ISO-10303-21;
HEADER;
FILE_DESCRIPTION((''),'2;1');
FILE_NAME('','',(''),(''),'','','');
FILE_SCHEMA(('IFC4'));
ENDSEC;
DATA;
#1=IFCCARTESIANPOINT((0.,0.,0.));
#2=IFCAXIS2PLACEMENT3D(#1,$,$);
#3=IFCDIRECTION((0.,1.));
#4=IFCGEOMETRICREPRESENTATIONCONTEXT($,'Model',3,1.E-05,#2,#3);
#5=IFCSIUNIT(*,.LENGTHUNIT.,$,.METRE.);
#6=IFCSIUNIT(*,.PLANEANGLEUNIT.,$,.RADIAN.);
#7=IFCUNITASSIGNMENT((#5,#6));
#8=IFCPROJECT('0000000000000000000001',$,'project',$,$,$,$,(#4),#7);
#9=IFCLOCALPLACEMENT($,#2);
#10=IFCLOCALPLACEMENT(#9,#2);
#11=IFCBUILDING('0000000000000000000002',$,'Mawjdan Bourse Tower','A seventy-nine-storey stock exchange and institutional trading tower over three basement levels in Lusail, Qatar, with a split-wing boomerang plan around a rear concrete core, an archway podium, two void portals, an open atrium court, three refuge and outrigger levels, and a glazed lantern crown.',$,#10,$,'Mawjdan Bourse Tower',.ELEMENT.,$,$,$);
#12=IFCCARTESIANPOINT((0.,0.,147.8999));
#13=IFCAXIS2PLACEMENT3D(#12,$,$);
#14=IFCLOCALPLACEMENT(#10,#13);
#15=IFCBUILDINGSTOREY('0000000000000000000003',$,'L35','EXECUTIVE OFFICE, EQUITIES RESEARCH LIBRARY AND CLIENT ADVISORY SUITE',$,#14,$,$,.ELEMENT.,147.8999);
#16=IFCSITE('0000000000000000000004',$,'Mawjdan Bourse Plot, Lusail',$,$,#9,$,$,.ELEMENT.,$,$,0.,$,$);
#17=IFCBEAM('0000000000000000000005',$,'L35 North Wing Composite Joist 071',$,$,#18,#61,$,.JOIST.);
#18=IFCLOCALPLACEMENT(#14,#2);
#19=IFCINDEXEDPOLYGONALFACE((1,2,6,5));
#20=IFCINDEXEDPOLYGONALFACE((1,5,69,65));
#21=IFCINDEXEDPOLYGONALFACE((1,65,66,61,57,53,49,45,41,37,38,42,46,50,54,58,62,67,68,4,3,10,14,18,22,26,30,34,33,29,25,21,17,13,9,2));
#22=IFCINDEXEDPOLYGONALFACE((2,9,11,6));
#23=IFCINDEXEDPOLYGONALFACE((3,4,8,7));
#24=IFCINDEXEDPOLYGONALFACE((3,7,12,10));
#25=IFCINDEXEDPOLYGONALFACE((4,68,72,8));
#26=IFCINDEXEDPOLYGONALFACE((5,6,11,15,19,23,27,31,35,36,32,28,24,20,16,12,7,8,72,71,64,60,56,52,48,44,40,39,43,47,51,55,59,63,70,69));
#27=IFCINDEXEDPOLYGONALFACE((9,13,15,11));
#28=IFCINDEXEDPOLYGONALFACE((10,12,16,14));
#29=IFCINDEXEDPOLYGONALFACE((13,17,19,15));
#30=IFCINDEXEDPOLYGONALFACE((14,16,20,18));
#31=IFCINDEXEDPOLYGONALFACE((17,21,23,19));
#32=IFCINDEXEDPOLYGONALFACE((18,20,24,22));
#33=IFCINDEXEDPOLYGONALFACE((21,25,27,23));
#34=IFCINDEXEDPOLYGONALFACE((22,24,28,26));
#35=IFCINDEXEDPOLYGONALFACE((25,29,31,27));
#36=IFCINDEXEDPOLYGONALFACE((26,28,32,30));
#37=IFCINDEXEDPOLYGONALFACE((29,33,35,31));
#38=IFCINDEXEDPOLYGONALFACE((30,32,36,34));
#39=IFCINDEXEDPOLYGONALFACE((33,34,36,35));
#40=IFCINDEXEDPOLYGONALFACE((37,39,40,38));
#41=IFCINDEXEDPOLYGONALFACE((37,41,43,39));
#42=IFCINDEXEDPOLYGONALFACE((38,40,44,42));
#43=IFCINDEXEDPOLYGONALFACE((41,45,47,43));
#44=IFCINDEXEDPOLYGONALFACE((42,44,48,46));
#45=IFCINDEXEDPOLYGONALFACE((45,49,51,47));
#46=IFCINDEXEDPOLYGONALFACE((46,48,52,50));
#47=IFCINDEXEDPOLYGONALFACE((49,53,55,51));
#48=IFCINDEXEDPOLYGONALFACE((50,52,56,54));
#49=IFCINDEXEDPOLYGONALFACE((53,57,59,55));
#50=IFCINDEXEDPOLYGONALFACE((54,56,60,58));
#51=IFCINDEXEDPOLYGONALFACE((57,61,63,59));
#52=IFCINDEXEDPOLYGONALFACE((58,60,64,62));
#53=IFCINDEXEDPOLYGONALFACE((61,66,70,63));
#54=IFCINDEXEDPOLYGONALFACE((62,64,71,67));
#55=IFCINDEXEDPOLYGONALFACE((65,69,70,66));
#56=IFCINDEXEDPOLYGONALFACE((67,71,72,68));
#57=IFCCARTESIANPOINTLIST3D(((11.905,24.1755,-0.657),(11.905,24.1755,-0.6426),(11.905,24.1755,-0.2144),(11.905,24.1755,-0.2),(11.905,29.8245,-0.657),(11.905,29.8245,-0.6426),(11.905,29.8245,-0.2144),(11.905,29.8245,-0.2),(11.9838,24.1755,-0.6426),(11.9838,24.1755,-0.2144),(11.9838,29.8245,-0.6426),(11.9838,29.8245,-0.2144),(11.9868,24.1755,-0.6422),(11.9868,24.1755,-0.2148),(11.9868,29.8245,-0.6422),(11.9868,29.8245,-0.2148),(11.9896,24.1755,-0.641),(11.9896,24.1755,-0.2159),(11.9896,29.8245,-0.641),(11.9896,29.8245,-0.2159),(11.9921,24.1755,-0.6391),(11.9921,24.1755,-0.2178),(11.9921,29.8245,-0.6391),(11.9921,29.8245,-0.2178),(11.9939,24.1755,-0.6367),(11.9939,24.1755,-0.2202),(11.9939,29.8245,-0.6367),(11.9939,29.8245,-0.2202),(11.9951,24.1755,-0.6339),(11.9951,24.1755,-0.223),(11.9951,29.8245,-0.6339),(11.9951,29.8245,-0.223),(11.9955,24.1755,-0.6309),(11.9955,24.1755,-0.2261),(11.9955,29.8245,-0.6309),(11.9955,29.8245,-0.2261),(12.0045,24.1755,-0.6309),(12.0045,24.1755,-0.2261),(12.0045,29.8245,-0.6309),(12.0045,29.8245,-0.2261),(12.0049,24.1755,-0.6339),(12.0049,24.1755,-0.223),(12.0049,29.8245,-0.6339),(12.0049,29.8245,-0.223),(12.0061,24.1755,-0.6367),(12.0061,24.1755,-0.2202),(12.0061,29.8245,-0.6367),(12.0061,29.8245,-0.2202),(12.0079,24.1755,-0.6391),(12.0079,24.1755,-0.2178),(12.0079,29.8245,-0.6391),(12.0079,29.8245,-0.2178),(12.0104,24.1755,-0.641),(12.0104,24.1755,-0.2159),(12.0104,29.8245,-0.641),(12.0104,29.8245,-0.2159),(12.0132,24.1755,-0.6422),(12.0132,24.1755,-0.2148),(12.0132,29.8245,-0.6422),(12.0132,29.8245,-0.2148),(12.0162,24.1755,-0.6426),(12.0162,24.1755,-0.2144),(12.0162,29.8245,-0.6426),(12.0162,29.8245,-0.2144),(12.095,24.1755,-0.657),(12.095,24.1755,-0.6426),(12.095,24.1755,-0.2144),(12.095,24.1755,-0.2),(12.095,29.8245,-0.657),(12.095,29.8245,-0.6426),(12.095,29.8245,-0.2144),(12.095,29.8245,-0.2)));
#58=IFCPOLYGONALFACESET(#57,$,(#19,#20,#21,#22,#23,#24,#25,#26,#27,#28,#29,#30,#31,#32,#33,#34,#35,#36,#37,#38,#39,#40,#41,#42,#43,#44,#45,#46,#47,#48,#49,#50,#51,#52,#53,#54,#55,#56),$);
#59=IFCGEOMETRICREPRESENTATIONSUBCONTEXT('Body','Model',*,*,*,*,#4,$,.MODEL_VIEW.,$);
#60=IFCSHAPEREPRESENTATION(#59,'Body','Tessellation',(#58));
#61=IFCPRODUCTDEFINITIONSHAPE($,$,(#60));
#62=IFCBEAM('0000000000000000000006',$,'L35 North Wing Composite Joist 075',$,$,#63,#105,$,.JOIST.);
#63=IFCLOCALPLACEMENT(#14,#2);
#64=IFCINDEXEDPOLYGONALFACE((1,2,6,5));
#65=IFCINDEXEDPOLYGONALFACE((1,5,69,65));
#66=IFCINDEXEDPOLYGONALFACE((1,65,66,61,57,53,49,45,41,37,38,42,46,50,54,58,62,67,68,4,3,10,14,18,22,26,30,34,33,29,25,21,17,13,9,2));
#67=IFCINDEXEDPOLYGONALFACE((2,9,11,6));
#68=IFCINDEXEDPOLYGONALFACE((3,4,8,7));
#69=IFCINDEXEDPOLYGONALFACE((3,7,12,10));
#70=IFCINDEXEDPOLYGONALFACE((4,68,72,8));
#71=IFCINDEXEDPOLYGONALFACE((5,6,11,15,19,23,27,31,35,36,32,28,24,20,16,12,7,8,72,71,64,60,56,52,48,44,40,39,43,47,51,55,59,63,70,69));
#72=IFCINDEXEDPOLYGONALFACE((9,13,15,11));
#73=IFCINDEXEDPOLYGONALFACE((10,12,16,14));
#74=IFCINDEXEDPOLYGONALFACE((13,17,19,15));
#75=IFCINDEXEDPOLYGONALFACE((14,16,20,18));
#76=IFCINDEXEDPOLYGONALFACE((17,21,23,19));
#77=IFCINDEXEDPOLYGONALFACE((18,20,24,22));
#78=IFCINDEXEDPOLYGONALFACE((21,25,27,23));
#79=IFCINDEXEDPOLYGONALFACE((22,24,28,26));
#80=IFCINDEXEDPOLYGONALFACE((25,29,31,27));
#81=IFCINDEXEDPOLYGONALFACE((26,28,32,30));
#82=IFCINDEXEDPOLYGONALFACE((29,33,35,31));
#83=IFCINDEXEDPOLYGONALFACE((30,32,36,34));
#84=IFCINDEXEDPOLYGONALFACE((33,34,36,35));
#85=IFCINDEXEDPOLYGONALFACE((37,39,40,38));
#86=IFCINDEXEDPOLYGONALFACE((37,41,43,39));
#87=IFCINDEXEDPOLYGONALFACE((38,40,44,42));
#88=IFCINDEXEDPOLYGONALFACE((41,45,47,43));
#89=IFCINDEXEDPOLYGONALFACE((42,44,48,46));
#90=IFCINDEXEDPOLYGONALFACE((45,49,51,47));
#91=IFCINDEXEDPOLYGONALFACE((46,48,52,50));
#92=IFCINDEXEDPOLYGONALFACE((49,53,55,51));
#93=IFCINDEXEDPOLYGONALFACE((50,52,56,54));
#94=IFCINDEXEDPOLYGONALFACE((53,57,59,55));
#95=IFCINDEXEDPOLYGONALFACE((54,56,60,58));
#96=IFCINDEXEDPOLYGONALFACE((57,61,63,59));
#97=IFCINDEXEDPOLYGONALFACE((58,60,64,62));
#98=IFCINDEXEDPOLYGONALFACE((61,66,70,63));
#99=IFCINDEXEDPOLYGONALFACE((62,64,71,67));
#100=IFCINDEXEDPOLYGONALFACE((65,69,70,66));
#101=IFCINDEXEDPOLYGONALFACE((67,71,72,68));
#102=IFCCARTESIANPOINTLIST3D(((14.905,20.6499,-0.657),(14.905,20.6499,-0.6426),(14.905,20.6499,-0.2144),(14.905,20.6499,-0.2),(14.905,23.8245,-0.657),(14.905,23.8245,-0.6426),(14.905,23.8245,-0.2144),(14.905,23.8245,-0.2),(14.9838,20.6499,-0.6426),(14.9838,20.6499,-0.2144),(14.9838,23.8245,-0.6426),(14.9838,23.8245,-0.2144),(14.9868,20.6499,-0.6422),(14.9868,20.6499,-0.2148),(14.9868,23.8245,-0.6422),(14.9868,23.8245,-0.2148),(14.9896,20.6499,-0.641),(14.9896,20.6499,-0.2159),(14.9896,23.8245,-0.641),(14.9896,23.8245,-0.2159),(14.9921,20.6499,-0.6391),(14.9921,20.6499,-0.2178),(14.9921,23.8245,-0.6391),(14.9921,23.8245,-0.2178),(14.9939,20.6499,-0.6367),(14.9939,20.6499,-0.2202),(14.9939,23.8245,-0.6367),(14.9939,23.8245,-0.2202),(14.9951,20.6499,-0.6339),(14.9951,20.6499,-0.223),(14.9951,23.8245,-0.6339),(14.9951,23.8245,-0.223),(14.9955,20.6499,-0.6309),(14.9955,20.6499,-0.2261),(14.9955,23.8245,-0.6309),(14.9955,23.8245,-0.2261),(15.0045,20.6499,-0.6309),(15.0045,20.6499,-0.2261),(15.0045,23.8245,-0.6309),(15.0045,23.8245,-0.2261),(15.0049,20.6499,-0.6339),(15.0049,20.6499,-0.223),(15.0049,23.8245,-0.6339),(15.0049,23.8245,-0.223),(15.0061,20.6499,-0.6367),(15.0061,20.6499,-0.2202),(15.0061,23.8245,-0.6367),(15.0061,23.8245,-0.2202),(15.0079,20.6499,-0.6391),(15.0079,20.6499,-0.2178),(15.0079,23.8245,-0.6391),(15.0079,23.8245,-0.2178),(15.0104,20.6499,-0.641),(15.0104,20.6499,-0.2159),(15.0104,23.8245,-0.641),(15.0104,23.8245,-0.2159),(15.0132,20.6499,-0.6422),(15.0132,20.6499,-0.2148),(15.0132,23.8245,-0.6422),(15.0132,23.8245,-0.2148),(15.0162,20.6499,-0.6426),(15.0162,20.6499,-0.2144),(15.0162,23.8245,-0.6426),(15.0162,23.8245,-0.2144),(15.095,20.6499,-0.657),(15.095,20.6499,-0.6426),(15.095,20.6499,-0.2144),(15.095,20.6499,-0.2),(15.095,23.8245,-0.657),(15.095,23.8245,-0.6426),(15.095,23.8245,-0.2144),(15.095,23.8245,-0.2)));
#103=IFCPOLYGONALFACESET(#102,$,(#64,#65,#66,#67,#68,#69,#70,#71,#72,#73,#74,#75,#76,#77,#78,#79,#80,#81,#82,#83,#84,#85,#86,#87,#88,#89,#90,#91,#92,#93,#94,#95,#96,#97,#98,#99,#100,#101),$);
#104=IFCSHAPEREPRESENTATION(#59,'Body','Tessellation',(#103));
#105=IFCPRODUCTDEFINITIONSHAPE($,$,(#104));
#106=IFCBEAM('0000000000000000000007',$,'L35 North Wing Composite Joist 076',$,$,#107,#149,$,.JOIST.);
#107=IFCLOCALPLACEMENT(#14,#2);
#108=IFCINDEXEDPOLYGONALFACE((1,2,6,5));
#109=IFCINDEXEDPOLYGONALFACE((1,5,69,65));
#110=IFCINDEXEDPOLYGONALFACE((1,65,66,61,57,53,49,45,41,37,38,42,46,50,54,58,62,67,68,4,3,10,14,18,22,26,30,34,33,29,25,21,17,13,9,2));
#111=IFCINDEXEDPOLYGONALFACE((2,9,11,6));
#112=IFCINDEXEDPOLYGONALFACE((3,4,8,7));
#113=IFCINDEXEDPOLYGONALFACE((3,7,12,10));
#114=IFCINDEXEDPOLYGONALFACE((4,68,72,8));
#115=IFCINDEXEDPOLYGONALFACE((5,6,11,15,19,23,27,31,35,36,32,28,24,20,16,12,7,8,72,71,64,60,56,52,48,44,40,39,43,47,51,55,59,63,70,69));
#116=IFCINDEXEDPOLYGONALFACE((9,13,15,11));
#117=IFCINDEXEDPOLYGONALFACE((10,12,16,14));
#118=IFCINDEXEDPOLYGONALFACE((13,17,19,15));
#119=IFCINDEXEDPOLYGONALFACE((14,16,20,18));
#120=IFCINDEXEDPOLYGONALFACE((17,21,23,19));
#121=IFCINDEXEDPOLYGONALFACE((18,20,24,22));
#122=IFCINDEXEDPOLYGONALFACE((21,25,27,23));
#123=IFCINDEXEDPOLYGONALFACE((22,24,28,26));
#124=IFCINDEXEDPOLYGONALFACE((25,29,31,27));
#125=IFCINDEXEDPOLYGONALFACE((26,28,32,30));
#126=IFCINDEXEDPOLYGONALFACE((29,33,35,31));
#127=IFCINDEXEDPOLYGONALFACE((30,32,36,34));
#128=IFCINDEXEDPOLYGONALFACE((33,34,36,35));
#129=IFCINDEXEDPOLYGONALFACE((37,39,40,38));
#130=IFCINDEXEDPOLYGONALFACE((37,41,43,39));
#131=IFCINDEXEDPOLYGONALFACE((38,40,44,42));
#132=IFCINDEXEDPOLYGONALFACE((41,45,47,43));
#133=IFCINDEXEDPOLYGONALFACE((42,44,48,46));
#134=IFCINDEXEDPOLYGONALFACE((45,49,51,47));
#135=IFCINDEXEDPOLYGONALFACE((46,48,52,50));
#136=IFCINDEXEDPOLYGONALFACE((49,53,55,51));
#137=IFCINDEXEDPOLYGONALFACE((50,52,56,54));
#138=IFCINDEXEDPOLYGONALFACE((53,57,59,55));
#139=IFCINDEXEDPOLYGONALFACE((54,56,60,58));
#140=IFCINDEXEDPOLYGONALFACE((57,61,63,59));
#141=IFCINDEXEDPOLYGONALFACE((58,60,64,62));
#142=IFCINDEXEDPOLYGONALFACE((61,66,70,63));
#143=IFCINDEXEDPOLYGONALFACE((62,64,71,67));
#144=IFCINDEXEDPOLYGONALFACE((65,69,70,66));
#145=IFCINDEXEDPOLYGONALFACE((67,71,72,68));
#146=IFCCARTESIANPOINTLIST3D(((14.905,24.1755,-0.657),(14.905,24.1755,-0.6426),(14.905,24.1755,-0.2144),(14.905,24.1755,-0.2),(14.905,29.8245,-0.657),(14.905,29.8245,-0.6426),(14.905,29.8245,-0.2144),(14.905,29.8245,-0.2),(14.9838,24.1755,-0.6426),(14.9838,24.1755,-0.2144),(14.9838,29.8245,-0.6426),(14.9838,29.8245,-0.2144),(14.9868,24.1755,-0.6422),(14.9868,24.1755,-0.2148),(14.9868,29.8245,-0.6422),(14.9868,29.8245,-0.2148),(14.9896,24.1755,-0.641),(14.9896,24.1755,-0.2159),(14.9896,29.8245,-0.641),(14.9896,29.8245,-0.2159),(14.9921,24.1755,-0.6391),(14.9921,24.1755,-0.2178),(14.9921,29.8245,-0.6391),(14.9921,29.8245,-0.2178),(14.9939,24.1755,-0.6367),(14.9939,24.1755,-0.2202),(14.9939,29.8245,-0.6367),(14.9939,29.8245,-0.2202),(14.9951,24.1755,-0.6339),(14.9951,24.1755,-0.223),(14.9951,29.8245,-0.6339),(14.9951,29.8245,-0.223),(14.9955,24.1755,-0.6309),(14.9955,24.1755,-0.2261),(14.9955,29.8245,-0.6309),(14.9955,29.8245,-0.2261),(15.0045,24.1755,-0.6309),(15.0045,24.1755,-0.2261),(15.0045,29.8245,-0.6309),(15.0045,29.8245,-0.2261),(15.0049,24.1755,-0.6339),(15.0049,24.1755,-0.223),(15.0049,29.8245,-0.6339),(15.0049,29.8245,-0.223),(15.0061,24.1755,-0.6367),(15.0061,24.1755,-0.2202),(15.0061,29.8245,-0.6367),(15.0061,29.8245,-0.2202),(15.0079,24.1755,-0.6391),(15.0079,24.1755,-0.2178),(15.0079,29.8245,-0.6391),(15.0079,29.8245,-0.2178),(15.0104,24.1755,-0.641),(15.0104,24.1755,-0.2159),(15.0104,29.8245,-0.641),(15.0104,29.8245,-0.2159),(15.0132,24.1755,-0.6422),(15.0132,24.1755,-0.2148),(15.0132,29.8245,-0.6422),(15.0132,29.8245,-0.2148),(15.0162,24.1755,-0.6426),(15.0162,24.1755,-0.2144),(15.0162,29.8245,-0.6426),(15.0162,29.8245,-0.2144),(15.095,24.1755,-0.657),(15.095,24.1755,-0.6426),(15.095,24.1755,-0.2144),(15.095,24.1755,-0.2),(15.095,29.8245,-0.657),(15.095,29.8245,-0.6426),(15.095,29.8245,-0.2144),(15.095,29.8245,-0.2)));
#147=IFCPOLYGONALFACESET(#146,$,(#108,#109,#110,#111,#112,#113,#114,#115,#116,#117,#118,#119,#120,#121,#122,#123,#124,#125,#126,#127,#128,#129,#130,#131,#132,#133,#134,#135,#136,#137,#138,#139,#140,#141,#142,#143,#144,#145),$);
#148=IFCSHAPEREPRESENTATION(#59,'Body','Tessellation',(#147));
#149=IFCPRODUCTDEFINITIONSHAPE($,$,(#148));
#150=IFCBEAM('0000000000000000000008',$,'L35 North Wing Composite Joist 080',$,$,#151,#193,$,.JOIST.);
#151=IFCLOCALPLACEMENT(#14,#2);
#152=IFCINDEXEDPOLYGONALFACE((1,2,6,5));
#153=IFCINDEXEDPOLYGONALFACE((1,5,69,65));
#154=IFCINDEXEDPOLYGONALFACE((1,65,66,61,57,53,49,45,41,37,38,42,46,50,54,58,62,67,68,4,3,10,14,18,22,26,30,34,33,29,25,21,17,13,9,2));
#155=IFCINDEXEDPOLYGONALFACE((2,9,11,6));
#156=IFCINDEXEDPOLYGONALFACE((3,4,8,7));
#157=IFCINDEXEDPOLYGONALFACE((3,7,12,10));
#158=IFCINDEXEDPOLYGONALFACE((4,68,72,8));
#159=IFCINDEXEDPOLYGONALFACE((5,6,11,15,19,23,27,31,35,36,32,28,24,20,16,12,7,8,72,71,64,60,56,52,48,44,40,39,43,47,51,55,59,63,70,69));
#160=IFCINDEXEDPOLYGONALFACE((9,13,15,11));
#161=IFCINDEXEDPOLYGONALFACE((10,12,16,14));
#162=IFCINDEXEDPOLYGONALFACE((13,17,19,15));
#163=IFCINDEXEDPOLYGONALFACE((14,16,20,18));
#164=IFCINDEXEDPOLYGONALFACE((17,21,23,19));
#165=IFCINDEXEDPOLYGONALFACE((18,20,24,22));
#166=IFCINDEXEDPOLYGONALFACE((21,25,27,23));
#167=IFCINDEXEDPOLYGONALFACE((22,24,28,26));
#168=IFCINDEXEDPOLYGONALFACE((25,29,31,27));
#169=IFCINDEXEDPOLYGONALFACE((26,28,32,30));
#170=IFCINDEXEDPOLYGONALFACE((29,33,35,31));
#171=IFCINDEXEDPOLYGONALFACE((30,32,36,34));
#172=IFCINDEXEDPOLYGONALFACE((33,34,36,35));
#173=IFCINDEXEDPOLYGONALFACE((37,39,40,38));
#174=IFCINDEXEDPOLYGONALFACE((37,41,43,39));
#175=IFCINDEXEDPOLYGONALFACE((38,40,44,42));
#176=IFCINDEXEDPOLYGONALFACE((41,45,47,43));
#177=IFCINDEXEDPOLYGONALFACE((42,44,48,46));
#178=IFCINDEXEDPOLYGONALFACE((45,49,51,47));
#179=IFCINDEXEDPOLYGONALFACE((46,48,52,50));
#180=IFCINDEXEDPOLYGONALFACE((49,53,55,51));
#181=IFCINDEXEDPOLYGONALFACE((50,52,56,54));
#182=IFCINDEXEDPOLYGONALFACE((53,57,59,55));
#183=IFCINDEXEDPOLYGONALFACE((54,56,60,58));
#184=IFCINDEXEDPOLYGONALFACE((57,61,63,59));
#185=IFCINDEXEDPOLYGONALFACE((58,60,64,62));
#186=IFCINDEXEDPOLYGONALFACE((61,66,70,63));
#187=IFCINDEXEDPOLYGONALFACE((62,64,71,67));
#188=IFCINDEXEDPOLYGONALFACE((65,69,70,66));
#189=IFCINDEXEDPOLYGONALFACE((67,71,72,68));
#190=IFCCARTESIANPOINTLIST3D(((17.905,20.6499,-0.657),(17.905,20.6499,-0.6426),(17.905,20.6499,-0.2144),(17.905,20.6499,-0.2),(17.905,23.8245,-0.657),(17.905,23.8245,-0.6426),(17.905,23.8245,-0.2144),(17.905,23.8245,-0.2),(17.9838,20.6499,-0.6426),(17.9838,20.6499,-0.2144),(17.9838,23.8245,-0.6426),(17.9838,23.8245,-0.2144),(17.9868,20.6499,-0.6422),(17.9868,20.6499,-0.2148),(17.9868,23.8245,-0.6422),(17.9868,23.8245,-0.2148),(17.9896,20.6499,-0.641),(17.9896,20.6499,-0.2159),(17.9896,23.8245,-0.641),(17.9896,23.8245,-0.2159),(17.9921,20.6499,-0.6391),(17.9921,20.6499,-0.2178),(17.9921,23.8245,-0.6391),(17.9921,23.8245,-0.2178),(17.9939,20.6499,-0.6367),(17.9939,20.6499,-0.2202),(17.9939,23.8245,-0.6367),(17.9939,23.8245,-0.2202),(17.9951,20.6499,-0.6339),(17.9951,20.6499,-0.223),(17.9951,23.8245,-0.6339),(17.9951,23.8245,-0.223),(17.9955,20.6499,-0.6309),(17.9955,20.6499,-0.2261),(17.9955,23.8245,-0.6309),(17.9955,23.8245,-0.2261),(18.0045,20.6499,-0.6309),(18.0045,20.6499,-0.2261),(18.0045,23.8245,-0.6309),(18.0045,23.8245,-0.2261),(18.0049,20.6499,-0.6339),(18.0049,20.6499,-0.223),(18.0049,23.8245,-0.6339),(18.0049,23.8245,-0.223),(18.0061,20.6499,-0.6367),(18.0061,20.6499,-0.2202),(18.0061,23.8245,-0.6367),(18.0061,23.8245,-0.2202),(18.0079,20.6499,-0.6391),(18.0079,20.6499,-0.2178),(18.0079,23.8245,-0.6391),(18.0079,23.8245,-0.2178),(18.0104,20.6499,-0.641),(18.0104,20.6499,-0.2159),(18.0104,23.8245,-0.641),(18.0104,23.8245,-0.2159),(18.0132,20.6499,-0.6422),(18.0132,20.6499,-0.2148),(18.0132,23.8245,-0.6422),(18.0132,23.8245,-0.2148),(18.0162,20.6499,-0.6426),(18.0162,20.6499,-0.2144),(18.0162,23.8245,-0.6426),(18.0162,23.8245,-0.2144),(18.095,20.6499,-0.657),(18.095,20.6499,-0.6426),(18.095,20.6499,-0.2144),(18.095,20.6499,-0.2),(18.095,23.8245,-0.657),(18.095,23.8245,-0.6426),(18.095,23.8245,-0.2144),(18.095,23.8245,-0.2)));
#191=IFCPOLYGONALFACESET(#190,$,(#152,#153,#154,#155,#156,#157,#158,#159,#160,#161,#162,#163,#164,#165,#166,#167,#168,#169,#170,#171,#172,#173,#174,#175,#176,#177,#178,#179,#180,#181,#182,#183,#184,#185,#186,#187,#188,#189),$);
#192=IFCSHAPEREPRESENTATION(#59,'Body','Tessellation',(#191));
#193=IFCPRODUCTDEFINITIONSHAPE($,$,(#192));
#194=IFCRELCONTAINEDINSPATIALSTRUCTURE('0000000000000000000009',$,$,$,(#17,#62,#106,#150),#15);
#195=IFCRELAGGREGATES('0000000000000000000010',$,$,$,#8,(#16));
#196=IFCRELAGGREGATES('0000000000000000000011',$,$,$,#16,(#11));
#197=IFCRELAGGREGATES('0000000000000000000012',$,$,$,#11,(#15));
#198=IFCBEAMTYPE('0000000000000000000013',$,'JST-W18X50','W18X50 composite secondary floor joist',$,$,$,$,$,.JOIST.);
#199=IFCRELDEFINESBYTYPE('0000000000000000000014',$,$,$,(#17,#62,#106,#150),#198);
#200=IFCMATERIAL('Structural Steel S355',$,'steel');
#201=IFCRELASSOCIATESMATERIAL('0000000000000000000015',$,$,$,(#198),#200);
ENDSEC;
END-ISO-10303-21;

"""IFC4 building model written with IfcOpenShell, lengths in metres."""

from ifc_helpers import new_model, si_unit, direction, frame, origin, origin_2d, place, context, subcontext, project, spatial, i_section, extrude, material, material_profile, profile_set, type_object, element, save


model = new_model("IFC4")

# Units and contexts
model_context = context("Model", 3, precision=1e-05, world=origin(), true_north=direction((0.0, 1.0)))
body_context = subcontext(model_context, "Body", "Model", "MODEL_VIEW")
ifc_project = project(units=[si_unit("LENGTHUNIT", "METRE"), si_unit("PLANEANGLEUNIT", "RADIAN")], contexts=[model_context])

# Site, building, storey
site_placement = place(None, origin())
site = spatial("IfcSite", under=ifc_project, at=site_placement, Name="Mawjdan Bourse Plot, Lusail", CompositionType="ELEMENT", RefElevation=0.0)
building_placement = place(site_placement, origin())
building = spatial("IfcBuilding", under=site, at=building_placement, Name="Mawjdan Bourse Tower", Description="A seventy-nine-storey stock exchange and institutional trading tower over three basement levels in Lusail, Qatar, with a split-wing boomerang plan around a rear concrete core, an archway podium, two void portals, an open atrium court, three refuge and outrigger levels, and a glazed lantern crown.", LongName="Mawjdan Bourse Tower", CompositionType="ELEMENT")
storey_placement = place(building_placement, frame((0.0, 0.0, 147.8999)))
storey = spatial("IfcBuildingStorey", under=building, at=storey_placement, Name="L35", Description="EXECUTIVE OFFICE, EQUITIES RESEARCH LIBRARY AND CLIENT ADVISORY SUITE", CompositionType="ELEMENT", Elevation=147.8999)

# Beams
ifc_material_1 = material(Name="Structural Steel S355", Category="steel")
ifc_material_profile_1 = material_profile(ifc_material_1, i_section(OverallWidth=0.1899, OverallDepth=0.457, WebThickness=0.009, FlangeThickness=0.0144, FilletRadius=0.0117, at=origin_2d()), Name="W18X50")
ifc_profile_set_1 = profile_set([ifc_material_profile_1], Name="Structural Steel S355")
beam_type_1 = type_object("IfcBeamType", Name="JST-W18X50", Description="W18X50 composite secondary floor joist", PredefinedType="JOIST", material=ifc_profile_set_1)
beam_1_placement = place(storey_placement, frame((12.0, 24.1755, -0.4285), z_axis=(0.0, 1.0, 0.0), x_axis=(-1.0, 0.0, 0.0)))
element("IfcBeam", 1, at=beam_1_placement, inside=storey, type_object=beam_type_1, Name="L35 North Wing Composite Joist 071", PredefinedType="JOIST", context=body_context, shape_type="SweptSolid", body=[
    extrude(i_section(OverallWidth=0.1899, OverallDepth=0.457, WebThickness=0.009, FlangeThickness=0.0144, FilletRadius=0.0117, at=origin_2d()), origin(), (0.0, 0.0, 1.0), 5.6489),
])
beam_2_placement = place(storey_placement, frame((15.0, 20.6499, -0.4285), z_axis=(0.0, 1.0, 0.0), x_axis=(-1.0, 0.0, 0.0)))
element("IfcBeam", 2, at=beam_2_placement, inside=storey, type_object=beam_type_1, Name="L35 North Wing Composite Joist 075", PredefinedType="JOIST", context=body_context, shape_type="SweptSolid", body=[
    extrude(i_section(OverallWidth=0.1899, OverallDepth=0.457, WebThickness=0.009, FlangeThickness=0.0144, FilletRadius=0.0117, at=origin_2d()), origin(), (0.0, 0.0, 1.0), 3.1746),
])
beam_3_placement = place(storey_placement, frame((15.0, 24.1755, -0.4285), z_axis=(0.0, 1.0, 0.0), x_axis=(-1.0, 0.0, 0.0)))
element("IfcBeam", 3, at=beam_3_placement, inside=storey, type_object=beam_type_1, Name="L35 North Wing Composite Joist 076", PredefinedType="JOIST", context=body_context, shape_type="SweptSolid", body=[
    extrude(i_section(OverallWidth=0.1899, OverallDepth=0.457, WebThickness=0.009, FlangeThickness=0.0144, FilletRadius=0.0117, at=origin_2d()), origin(), (0.0, 0.0, 1.0), 5.6489),
])
beam_4_placement = place(storey_placement, frame((18.0, 20.6499, -0.4285), z_axis=(0.0, 1.0, 0.0), x_axis=(-1.0, 0.0, 0.0)))
element("IfcBeam", 4, at=beam_4_placement, inside=storey, type_object=beam_type_1, Name="L35 North Wing Composite Joist 080", PredefinedType="JOIST", context=body_context, shape_type="SweptSolid", body=[
    extrude(i_section(OverallWidth=0.1899, OverallDepth=0.457, WebThickness=0.009, FlangeThickness=0.0144, FilletRadius=0.0117, at=origin_2d()), origin(), (0.0, 0.0, 1.0), 3.1746),
])

save(model, "model.ifc")
